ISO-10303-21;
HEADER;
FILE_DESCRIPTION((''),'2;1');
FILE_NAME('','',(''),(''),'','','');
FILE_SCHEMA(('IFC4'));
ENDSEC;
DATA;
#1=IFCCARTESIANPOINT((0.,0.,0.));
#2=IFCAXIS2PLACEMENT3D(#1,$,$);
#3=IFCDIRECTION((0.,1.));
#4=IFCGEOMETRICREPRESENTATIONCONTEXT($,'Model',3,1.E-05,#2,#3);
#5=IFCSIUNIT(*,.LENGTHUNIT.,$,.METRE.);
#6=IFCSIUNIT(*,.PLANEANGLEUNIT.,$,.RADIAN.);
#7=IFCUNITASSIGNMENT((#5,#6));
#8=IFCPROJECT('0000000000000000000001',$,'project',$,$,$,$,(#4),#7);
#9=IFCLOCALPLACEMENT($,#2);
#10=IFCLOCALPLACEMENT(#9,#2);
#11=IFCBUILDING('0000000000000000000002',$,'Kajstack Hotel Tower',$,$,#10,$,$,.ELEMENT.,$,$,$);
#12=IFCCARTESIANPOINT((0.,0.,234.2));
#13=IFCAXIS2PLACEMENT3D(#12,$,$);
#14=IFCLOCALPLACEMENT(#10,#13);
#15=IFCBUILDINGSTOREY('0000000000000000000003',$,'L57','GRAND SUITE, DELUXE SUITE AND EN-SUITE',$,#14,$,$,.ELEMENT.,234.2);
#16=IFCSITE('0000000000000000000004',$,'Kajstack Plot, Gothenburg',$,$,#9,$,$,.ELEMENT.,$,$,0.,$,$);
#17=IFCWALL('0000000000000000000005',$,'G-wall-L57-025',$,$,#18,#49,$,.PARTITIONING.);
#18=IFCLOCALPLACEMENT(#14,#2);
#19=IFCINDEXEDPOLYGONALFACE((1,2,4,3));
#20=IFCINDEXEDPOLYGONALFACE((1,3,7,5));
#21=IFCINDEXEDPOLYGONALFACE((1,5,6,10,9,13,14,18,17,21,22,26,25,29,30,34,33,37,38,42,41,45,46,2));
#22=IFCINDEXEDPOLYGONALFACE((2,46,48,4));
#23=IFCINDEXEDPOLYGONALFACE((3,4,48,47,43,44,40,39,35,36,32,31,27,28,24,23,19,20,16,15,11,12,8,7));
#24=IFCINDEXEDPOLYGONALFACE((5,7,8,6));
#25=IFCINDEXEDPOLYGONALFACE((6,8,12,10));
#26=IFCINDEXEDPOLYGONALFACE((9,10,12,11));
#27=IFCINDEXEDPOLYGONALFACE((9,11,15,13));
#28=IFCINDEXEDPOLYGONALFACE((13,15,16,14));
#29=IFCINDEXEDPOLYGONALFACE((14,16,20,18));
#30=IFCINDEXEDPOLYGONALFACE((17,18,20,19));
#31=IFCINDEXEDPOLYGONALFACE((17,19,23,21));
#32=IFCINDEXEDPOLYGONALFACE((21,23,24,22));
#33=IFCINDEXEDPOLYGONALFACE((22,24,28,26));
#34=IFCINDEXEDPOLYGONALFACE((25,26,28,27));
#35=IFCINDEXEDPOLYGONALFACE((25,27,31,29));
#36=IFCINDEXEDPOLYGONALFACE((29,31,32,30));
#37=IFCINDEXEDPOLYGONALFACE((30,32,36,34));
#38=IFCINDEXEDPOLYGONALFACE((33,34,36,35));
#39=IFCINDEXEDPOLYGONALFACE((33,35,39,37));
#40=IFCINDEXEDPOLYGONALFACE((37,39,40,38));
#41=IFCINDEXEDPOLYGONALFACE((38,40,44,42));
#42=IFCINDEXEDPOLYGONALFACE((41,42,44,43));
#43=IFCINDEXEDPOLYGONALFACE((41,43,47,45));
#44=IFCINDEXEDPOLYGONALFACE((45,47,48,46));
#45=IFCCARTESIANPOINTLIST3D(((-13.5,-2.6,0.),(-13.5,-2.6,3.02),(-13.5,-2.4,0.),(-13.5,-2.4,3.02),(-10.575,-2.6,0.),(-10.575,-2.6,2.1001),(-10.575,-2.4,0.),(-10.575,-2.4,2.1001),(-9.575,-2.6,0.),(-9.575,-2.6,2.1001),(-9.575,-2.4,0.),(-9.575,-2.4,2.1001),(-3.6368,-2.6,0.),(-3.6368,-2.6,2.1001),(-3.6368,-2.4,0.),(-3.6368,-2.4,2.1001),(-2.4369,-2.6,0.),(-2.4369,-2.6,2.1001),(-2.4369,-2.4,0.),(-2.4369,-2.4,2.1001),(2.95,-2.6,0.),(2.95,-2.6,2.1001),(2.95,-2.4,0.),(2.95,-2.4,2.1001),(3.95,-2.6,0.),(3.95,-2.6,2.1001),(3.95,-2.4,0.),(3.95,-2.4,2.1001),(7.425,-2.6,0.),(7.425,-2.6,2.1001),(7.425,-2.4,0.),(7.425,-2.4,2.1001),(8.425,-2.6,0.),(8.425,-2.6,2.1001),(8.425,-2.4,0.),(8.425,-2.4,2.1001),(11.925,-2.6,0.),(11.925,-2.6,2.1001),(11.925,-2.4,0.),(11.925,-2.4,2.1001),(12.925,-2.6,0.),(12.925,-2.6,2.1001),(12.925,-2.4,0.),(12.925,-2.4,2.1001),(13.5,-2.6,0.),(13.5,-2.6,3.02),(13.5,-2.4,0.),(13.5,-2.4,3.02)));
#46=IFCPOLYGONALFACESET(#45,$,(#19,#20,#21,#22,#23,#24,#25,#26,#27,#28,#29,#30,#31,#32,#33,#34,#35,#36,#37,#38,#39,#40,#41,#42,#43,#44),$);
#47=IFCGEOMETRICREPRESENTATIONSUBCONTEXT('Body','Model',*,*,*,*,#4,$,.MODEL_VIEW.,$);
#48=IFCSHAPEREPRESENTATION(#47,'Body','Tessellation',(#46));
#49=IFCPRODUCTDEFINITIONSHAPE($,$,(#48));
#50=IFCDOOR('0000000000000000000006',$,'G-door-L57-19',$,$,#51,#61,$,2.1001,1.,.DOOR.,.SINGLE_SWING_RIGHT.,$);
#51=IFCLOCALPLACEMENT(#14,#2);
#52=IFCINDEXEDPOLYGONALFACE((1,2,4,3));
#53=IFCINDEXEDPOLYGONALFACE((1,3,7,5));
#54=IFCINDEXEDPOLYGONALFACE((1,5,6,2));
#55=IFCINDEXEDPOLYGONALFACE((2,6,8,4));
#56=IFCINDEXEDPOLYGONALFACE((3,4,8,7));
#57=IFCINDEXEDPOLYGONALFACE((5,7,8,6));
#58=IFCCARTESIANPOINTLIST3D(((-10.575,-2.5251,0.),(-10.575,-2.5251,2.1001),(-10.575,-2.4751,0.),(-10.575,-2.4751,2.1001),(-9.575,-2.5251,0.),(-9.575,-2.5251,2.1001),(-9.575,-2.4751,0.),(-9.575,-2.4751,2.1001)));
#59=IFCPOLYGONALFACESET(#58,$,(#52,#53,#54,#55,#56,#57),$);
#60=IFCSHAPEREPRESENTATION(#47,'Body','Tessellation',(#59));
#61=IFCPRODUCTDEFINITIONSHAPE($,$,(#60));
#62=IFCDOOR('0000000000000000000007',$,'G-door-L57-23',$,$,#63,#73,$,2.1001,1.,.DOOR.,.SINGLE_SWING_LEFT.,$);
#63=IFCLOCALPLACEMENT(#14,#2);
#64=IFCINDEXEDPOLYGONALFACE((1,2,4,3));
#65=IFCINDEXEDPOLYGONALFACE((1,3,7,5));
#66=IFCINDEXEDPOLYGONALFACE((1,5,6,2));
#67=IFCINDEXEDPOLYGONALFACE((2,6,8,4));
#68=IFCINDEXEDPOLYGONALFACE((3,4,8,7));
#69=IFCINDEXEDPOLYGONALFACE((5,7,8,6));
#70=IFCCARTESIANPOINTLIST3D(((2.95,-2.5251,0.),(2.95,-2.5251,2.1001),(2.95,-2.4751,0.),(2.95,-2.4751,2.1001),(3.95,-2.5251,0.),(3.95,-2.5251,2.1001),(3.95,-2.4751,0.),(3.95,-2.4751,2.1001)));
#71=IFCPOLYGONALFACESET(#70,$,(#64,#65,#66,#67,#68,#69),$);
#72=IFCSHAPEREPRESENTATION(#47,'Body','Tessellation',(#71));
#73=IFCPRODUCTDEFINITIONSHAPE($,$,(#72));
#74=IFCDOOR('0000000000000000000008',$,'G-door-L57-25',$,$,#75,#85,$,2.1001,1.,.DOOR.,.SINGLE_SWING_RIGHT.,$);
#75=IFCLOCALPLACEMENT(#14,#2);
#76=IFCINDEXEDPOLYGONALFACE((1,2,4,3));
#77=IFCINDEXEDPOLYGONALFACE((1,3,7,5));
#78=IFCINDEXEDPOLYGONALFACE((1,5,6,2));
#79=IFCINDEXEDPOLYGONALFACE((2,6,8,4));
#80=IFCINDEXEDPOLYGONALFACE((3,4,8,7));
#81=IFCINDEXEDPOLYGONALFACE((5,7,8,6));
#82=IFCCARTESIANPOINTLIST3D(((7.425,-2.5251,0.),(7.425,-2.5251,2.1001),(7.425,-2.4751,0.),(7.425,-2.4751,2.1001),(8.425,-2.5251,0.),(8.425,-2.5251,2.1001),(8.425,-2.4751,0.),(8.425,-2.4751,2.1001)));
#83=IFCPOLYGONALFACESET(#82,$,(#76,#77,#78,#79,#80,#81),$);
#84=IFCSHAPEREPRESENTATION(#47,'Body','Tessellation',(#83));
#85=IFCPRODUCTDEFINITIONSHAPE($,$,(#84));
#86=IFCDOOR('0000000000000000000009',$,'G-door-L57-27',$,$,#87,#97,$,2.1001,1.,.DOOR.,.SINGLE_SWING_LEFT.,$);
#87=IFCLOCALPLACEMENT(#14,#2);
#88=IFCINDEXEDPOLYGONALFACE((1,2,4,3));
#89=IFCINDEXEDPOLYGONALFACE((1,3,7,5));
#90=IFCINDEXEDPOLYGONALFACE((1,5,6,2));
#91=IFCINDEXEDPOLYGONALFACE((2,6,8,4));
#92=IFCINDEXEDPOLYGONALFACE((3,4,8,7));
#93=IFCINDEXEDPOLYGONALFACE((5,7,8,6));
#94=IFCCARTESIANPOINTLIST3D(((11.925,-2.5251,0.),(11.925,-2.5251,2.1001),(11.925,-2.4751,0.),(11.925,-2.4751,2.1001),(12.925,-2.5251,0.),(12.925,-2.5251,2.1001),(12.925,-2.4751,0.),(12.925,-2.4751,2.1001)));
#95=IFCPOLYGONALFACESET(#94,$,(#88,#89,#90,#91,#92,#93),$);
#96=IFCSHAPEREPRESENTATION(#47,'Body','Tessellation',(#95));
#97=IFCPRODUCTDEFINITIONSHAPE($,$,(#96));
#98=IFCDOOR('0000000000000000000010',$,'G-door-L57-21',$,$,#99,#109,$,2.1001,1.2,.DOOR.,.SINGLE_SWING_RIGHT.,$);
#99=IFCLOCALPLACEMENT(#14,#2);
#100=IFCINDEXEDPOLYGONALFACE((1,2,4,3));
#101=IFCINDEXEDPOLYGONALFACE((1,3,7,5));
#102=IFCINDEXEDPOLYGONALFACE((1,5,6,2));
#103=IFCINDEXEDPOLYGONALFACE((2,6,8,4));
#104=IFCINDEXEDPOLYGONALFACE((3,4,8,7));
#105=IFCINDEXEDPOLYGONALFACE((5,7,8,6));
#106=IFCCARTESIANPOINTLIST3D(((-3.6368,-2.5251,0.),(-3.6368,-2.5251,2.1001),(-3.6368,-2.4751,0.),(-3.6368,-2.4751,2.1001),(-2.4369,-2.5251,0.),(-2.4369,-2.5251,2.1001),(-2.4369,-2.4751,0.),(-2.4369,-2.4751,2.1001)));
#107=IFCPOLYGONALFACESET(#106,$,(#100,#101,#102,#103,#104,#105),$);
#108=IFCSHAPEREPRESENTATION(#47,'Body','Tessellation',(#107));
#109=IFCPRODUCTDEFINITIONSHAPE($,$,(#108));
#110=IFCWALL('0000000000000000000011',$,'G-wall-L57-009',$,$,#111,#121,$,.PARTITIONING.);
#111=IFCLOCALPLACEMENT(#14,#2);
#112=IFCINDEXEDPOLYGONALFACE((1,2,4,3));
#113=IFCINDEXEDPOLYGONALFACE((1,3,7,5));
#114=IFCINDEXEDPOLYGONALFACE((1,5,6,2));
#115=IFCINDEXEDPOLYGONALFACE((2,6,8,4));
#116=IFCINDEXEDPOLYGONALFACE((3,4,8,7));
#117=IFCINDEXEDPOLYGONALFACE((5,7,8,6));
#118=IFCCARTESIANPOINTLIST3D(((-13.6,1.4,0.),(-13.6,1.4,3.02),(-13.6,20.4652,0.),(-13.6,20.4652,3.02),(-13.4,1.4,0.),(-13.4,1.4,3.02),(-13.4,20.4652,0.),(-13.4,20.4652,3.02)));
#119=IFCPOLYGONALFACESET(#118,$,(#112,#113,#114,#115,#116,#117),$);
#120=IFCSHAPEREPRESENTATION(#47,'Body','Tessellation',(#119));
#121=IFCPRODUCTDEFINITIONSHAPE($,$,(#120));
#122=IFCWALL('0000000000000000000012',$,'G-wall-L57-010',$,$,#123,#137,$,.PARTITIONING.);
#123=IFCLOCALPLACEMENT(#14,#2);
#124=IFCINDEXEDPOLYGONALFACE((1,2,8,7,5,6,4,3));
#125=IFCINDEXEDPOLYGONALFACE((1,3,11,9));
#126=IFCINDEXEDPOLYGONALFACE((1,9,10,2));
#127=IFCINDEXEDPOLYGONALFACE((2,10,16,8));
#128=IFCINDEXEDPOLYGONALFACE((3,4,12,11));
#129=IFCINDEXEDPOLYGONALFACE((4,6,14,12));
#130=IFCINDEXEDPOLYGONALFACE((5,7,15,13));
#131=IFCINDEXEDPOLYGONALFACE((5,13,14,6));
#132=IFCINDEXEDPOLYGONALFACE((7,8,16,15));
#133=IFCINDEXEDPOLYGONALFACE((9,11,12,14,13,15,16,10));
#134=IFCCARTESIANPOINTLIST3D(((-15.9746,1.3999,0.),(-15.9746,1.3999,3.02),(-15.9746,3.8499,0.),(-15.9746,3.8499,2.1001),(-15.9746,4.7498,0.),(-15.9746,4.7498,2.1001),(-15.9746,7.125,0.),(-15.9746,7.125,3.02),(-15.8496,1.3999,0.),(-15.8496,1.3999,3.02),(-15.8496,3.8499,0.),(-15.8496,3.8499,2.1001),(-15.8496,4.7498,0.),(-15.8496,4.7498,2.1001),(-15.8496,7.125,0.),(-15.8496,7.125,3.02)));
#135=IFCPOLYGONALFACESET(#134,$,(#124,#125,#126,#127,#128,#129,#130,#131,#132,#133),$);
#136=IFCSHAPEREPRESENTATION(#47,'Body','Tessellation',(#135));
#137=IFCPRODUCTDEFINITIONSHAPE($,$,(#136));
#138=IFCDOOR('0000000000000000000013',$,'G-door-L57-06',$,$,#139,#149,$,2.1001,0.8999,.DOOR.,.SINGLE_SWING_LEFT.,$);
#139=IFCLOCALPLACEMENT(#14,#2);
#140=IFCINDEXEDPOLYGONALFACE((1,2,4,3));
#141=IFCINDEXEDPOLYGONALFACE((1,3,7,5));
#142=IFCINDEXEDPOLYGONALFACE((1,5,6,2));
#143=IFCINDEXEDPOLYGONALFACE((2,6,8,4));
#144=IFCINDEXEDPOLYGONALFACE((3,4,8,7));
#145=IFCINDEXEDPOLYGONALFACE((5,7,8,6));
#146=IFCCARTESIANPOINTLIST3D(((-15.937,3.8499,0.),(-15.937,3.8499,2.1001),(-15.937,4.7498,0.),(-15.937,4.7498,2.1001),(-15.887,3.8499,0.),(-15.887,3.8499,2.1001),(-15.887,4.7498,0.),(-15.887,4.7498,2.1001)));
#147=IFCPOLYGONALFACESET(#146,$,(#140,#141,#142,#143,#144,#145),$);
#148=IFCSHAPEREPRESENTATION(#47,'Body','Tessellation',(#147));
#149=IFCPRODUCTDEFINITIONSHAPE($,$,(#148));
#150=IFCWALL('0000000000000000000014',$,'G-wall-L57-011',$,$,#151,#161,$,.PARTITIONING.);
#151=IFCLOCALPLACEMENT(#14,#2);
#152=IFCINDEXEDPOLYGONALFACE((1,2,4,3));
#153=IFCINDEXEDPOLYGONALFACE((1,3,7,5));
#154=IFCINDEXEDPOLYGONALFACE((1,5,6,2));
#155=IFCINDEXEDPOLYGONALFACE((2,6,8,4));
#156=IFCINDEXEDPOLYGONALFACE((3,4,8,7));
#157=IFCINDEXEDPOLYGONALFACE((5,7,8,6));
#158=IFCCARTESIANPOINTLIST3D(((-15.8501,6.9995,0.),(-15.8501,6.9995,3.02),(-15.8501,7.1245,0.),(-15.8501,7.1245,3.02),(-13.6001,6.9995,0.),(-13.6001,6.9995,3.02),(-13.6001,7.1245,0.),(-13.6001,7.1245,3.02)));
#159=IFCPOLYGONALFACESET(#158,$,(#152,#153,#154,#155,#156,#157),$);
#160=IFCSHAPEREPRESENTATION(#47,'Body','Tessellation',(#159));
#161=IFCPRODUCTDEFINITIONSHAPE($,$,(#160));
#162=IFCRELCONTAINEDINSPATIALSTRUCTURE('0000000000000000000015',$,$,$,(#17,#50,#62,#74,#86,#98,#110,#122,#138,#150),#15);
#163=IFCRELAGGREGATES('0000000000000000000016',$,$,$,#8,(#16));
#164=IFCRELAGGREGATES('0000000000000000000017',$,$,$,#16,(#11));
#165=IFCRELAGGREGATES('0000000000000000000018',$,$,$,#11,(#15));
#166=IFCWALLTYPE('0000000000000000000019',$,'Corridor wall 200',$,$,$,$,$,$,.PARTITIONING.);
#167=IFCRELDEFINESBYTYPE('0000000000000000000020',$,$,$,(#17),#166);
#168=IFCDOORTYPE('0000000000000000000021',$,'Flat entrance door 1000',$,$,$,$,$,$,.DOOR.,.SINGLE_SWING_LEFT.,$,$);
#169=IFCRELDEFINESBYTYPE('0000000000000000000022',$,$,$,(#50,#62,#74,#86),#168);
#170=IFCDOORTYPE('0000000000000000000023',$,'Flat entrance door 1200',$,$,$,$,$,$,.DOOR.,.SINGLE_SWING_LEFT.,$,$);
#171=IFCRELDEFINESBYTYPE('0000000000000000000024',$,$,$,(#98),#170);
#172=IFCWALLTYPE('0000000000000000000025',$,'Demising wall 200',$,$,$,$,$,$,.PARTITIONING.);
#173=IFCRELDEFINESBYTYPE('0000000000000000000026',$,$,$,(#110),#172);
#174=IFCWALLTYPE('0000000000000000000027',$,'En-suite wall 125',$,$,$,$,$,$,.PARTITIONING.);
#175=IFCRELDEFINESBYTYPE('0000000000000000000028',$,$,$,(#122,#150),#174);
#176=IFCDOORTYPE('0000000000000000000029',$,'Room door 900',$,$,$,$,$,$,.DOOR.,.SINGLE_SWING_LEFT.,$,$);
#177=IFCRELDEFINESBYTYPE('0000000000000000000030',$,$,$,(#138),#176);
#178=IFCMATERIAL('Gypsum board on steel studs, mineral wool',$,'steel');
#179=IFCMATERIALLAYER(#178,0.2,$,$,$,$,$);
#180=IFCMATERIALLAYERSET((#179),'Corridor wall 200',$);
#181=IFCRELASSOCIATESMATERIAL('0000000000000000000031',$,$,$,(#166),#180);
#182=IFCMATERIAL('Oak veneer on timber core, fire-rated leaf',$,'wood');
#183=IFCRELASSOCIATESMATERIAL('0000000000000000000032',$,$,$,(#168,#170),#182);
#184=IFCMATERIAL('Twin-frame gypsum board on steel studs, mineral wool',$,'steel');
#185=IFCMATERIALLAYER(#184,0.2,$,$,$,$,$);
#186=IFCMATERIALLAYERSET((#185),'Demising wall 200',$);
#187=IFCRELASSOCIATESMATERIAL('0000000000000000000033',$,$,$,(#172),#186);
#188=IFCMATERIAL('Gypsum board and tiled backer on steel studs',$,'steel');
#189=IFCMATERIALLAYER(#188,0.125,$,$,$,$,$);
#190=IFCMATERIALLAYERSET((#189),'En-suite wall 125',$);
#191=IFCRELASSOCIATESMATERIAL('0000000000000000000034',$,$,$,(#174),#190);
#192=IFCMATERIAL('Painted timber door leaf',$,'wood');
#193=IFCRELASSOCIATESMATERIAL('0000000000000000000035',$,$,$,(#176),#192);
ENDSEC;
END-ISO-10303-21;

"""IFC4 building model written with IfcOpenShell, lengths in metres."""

from ifc_helpers import new_model, si_unit, direction, frame, frame_2d, origin, place, context, subcontext, project, spatial, rectangle, extrude, material, layer, layer_set, type_object, element, fill, save


model = new_model("IFC4")

# Units and contexts
model_context = context("Model", 3, precision=1e-05, world=origin(), true_north=direction((0.0, 1.0)))
body_context = subcontext(model_context, "Body", "Model", "MODEL_VIEW")
ifc_project = project(units=[si_unit("LENGTHUNIT", "METRE"), si_unit("PLANEANGLEUNIT", "RADIAN")], contexts=[model_context])

# Site, building, storey
site_placement = place(None, origin())
site = spatial("IfcSite", under=ifc_project, at=site_placement, Name="Kajstack Plot, Gothenburg", CompositionType="ELEMENT", RefElevation=0.0)
building_placement = place(site_placement, origin())
building = spatial("IfcBuilding", under=site, at=building_placement, Name="Kajstack Hotel Tower", CompositionType="ELEMENT")
storey_placement = place(building_placement, frame((0.0, 0.0, 234.2)))
storey = spatial("IfcBuildingStorey", under=building, at=storey_placement, Name="L57", Description="GRAND SUITE, DELUXE SUITE AND EN-SUITE", CompositionType="ELEMENT", Elevation=234.2)

# Wall, openings, doors
ifc_material_1 = material(Name="Gypsum board on steel studs, mineral wool", Category="steel")
ifc_layer_1 = layer(ifc_material_1, 0.2)
ifc_layer_set_1 = layer_set([ifc_layer_1], Name="Corridor wall 200")
wall_type_1 = type_object("IfcWallType", Name="Corridor wall 200", PredefinedType="PARTITIONING", material=ifc_layer_set_1)
ifc_material_2 = material(Name="Oak veneer on timber core, fire-rated leaf", Category="wood")
door_type_1 = type_object("IfcDoorType", Name="Flat entrance door 1000", OperationType="SINGLE_SWING_LEFT", PredefinedType="DOOR", material=ifc_material_2)
door_type_2 = type_object("IfcDoorType", Name="Flat entrance door 1200", OperationType="SINGLE_SWING_LEFT", PredefinedType="DOOR", material=ifc_material_2)
wall_1_placement = place(storey_placement, frame((-13.5, -2.5, 0.0), z_axis=(0.0, 0.0, 1.0), x_axis=(1.0, 0.0, 0.0)))
wall_1 = element("IfcWall", 1, at=wall_1_placement, inside=storey, type_object=wall_type_1, Name="G-wall-L57-025", PredefinedType="PARTITIONING", context=body_context, shape_type="SweptSolid", body=[
    extrude(rectangle(XDim=27.0, YDim=0.2, at=frame_2d((13.5, 0.0))), origin(), (0.0, 0.0, 1.0), 3.02),
])
opening_1_placement = place(wall_1_placement, frame((2.925, 0.0, 0.0)))
opening_1 = element("IfcOpeningElement", 2, at=opening_1_placement, cuts=wall_1, PredefinedType="OPENING", context=body_context, shape_type="SweptSolid", body=[
    extrude(rectangle(XDim=1.0, YDim=2.1001, at=frame_2d((0.5, 1.05))), frame((0.0, 0.1099, 0.0), z_axis=(0.0, -1.0, 0.0), x_axis=(1.0, 0.0, 0.0)), (0.0, 0.0, 1.0), 0.22),
])
opening_2_placement = place(wall_1_placement, frame((9.863, 0.0, 0.0)))
opening_2 = element("IfcOpeningElement", 3, at=opening_2_placement, cuts=wall_1, PredefinedType="OPENING", context=body_context, shape_type="SweptSolid", body=[
    extrude(rectangle(XDim=1.2, YDim=2.1001, at=frame_2d((0.6001, 1.05))), frame((0.0, 0.1099, 0.0), z_axis=(0.0, -1.0, 0.0), x_axis=(1.0, 0.0, 0.0)), (0.0, 0.0, 1.0), 0.22),
])
opening_3_placement = place(wall_1_placement, frame((16.45, 0.0, 0.0)))
opening_3 = element("IfcOpeningElement", 4, at=opening_3_placement, cuts=wall_1, PredefinedType="OPENING", context=body_context, shape_type="SweptSolid", body=[
    extrude(rectangle(XDim=1.0, YDim=2.1001, at=frame_2d((0.5, 1.05))), frame((0.0, 0.1099, 0.0), z_axis=(0.0, -1.0, 0.0), x_axis=(1.0, 0.0, 0.0)), (0.0, 0.0, 1.0), 0.22),
])
opening_4_placement = place(wall_1_placement, frame((20.925, 0.0, 0.0)))
opening_4 = element("IfcOpeningElement", 5, at=opening_4_placement, cuts=wall_1, PredefinedType="OPENING", context=body_context, shape_type="SweptSolid", body=[
    extrude(rectangle(XDim=1.0, YDim=2.1001, at=frame_2d((0.5, 1.05))), frame((0.0, 0.1099, 0.0), z_axis=(0.0, -1.0, 0.0), x_axis=(1.0, 0.0, 0.0)), (0.0, 0.0, 1.0), 0.22),
])
opening_5_placement = place(wall_1_placement, frame((25.425, 0.0, 0.0)))
opening_5 = element("IfcOpeningElement", 6, at=opening_5_placement, cuts=wall_1, PredefinedType="OPENING", context=body_context, shape_type="SweptSolid", body=[
    extrude(rectangle(XDim=1.0, YDim=2.1001, at=frame_2d((0.5, 1.05))), frame((0.0, 0.1099, 0.0), z_axis=(0.0, -1.0, 0.0), x_axis=(1.0, 0.0, 0.0)), (0.0, 0.0, 1.0), 0.22),
])
door_1_placement = place(opening_1_placement, origin())
door_1 = element("IfcDoor", 7, at=door_1_placement, inside=storey, type_object=door_type_1, Name="G-door-L57-19", OperationType="SINGLE_SWING_RIGHT", OverallHeight=2.1001, OverallWidth=1.0, PredefinedType="DOOR", context=body_context, shape_type="SweptSolid", body=[
    extrude(rectangle(XDim=1.0, YDim=2.1001, at=frame_2d((0.5, 1.05))), frame((0.0, 0.0249, 0.0), z_axis=(0.0, -1.0, 0.0), x_axis=(1.0, 0.0, 0.0)), (0.0, 0.0, 1.0), 0.05),
])
fill(opening_1, door_1)
door_2_placement = place(opening_3_placement, origin())
door_2 = element("IfcDoor", 8, at=door_2_placement, inside=storey, type_object=door_type_1, Name="G-door-L57-23", OperationType="SINGLE_SWING_LEFT", OverallHeight=2.1001, OverallWidth=1.0, PredefinedType="DOOR", context=body_context, shape_type="SweptSolid", body=[
    extrude(rectangle(XDim=1.0, YDim=2.1001, at=frame_2d((0.5, 1.05))), frame((0.0, 0.0249, 0.0), z_axis=(0.0, -1.0, 0.0), x_axis=(1.0, 0.0, 0.0)), (0.0, 0.0, 1.0), 0.05),
])
fill(opening_3, door_2)
door_3_placement = place(opening_4_placement, origin())
door_3 = element("IfcDoor", 9, at=door_3_placement, inside=storey, type_object=door_type_1, Name="G-door-L57-25", OperationType="SINGLE_SWING_RIGHT", OverallHeight=2.1001, OverallWidth=1.0, PredefinedType="DOOR", context=body_context, shape_type="SweptSolid", body=[
    extrude(rectangle(XDim=1.0, YDim=2.1001, at=frame_2d((0.5, 1.05))), frame((0.0, 0.0249, 0.0), z_axis=(0.0, -1.0, 0.0), x_axis=(1.0, 0.0, 0.0)), (0.0, 0.0, 1.0), 0.05),
])
fill(opening_4, door_3)
door_4_placement = place(opening_5_placement, origin())
door_4 = element("IfcDoor", 10, at=door_4_placement, inside=storey, type_object=door_type_1, Name="G-door-L57-27", OperationType="SINGLE_SWING_LEFT", OverallHeight=2.1001, OverallWidth=1.0, PredefinedType="DOOR", context=body_context, shape_type="SweptSolid", body=[
    extrude(rectangle(XDim=1.0, YDim=2.1001, at=frame_2d((0.5, 1.05))), frame((0.0, 0.0249, 0.0), z_axis=(0.0, -1.0, 0.0), x_axis=(1.0, 0.0, 0.0)), (0.0, 0.0, 1.0), 0.05),
])
fill(opening_5, door_4)
door_5_placement = place(opening_2_placement, origin())
door_5 = element("IfcDoor", 11, at=door_5_placement, inside=storey, type_object=door_type_2, Name="G-door-L57-21", OperationType="SINGLE_SWING_RIGHT", OverallHeight=2.1001, OverallWidth=1.2, PredefinedType="DOOR", context=body_context, shape_type="SweptSolid", body=[
    extrude(rectangle(XDim=1.2, YDim=2.1001, at=frame_2d((0.6001, 1.05))), frame((0.0, 0.0249, 0.0), z_axis=(0.0, -1.0, 0.0), x_axis=(1.0, 0.0, 0.0)), (0.0, 0.0, 1.0), 0.05),
])
fill(opening_2, door_5)

# Wall
ifc_material_3 = material(Name="Twin-frame gypsum board on steel studs, mineral wool", Category="steel")
ifc_layer_2 = layer(ifc_material_3, 0.2)
ifc_layer_set_2 = layer_set([ifc_layer_2], Name="Demising wall 200")
wall_type_2 = type_object("IfcWallType", Name="Demising wall 200", PredefinedType="PARTITIONING", material=ifc_layer_set_2)
wall_2_placement = place(storey_placement, frame((-13.5, 1.3999, 0.0), z_axis=(0.0, 0.0, 1.0), x_axis=(0.0, 1.0, 0.0)))
element("IfcWall", 12, at=wall_2_placement, inside=storey, type_object=wall_type_2, Name="G-wall-L57-009", PredefinedType="PARTITIONING", context=body_context, shape_type="SweptSolid", body=[
    extrude(rectangle(XDim=19.0652, YDim=0.2, at=frame_2d((9.5327, 0.0))), origin(), (0.0, 0.0, 1.0), 3.02),
])

# Wall, opening, door
ifc_material_4 = material(Name="Gypsum board and tiled backer on steel studs", Category="steel")
ifc_layer_3 = layer(ifc_material_4, 0.125)
ifc_layer_set_3 = layer_set([ifc_layer_3], Name="En-suite wall 125")
wall_type_3 = type_object("IfcWallType", Name="En-suite wall 125", PredefinedType="PARTITIONING", material=ifc_layer_set_3)
wall_3_placement = place(storey_placement, frame((-15.9121, 1.3999, 0.0), z_axis=(0.0, 0.0, 1.0), x_axis=(0.0, 1.0, 0.0)))
wall_3 = element("IfcWall", 13, at=wall_3_placement, inside=storey, type_object=wall_type_3, Name="G-wall-L57-010", PredefinedType="PARTITIONING", context=body_context, shape_type="SweptSolid", body=[
    extrude(rectangle(XDim=5.7251, YDim=0.125, at=frame_2d((2.8625, 0.0))), origin(), (0.0, 0.0, 1.0), 3.02),
])
opening_6_placement = place(wall_3_placement, frame((2.45, 0.0, 0.0)))
opening_6 = element("IfcOpeningElement", 14, at=opening_6_placement, cuts=wall_3, PredefinedType="OPENING", context=body_context, shape_type="SweptSolid", body=[
    extrude(rectangle(XDim=0.8999, YDim=2.1001, at=frame_2d((0.45, 1.05))), frame((0.0, 0.0725, 0.0), z_axis=(0.0, -1.0, 0.0), x_axis=(1.0, 0.0, 0.0)), (0.0, 0.0, 1.0), 0.145),
])
ifc_material_5 = material(Name="Painted timber door leaf", Category="wood")
door_type_3 = type_object("IfcDoorType", Name="Room door 900", OperationType="SINGLE_SWING_LEFT", PredefinedType="DOOR", material=ifc_material_5)
door_6_placement = place(opening_6_placement, origin())
door_6 = element("IfcDoor", 15, at=door_6_placement, inside=storey, type_object=door_type_3, Name="G-door-L57-06", OperationType="SINGLE_SWING_LEFT", OverallHeight=2.1001, OverallWidth=0.8999, PredefinedType="DOOR", context=body_context, shape_type="SweptSolid", body=[
    extrude(rectangle(XDim=0.8999, YDim=2.1001, at=frame_2d((0.45, 1.05))), frame((0.0, 0.0249, 0.0), z_axis=(0.0, -1.0, 0.0), x_axis=(1.0, 0.0, 0.0)), (0.0, 0.0, 1.0), 0.05),
])
fill(opening_6, door_6)

# Wall
wall_4_placement = place(storey_placement, frame((-15.8501, 7.062, 0.0), z_axis=(0.0, 0.0, 1.0), x_axis=(1.0, 0.0, 0.0)))
element("IfcWall", 16, at=wall_4_placement, inside=storey, type_object=wall_type_3, Name="G-wall-L57-011", PredefinedType="PARTITIONING", context=body_context, shape_type="SweptSolid", body=[
    extrude(rectangle(XDim=2.25, YDim=0.125, at=frame_2d((1.125, 0.0))), origin(), (0.0, 0.0, 1.0), 3.02),
])

save(model, "model.ifc")
